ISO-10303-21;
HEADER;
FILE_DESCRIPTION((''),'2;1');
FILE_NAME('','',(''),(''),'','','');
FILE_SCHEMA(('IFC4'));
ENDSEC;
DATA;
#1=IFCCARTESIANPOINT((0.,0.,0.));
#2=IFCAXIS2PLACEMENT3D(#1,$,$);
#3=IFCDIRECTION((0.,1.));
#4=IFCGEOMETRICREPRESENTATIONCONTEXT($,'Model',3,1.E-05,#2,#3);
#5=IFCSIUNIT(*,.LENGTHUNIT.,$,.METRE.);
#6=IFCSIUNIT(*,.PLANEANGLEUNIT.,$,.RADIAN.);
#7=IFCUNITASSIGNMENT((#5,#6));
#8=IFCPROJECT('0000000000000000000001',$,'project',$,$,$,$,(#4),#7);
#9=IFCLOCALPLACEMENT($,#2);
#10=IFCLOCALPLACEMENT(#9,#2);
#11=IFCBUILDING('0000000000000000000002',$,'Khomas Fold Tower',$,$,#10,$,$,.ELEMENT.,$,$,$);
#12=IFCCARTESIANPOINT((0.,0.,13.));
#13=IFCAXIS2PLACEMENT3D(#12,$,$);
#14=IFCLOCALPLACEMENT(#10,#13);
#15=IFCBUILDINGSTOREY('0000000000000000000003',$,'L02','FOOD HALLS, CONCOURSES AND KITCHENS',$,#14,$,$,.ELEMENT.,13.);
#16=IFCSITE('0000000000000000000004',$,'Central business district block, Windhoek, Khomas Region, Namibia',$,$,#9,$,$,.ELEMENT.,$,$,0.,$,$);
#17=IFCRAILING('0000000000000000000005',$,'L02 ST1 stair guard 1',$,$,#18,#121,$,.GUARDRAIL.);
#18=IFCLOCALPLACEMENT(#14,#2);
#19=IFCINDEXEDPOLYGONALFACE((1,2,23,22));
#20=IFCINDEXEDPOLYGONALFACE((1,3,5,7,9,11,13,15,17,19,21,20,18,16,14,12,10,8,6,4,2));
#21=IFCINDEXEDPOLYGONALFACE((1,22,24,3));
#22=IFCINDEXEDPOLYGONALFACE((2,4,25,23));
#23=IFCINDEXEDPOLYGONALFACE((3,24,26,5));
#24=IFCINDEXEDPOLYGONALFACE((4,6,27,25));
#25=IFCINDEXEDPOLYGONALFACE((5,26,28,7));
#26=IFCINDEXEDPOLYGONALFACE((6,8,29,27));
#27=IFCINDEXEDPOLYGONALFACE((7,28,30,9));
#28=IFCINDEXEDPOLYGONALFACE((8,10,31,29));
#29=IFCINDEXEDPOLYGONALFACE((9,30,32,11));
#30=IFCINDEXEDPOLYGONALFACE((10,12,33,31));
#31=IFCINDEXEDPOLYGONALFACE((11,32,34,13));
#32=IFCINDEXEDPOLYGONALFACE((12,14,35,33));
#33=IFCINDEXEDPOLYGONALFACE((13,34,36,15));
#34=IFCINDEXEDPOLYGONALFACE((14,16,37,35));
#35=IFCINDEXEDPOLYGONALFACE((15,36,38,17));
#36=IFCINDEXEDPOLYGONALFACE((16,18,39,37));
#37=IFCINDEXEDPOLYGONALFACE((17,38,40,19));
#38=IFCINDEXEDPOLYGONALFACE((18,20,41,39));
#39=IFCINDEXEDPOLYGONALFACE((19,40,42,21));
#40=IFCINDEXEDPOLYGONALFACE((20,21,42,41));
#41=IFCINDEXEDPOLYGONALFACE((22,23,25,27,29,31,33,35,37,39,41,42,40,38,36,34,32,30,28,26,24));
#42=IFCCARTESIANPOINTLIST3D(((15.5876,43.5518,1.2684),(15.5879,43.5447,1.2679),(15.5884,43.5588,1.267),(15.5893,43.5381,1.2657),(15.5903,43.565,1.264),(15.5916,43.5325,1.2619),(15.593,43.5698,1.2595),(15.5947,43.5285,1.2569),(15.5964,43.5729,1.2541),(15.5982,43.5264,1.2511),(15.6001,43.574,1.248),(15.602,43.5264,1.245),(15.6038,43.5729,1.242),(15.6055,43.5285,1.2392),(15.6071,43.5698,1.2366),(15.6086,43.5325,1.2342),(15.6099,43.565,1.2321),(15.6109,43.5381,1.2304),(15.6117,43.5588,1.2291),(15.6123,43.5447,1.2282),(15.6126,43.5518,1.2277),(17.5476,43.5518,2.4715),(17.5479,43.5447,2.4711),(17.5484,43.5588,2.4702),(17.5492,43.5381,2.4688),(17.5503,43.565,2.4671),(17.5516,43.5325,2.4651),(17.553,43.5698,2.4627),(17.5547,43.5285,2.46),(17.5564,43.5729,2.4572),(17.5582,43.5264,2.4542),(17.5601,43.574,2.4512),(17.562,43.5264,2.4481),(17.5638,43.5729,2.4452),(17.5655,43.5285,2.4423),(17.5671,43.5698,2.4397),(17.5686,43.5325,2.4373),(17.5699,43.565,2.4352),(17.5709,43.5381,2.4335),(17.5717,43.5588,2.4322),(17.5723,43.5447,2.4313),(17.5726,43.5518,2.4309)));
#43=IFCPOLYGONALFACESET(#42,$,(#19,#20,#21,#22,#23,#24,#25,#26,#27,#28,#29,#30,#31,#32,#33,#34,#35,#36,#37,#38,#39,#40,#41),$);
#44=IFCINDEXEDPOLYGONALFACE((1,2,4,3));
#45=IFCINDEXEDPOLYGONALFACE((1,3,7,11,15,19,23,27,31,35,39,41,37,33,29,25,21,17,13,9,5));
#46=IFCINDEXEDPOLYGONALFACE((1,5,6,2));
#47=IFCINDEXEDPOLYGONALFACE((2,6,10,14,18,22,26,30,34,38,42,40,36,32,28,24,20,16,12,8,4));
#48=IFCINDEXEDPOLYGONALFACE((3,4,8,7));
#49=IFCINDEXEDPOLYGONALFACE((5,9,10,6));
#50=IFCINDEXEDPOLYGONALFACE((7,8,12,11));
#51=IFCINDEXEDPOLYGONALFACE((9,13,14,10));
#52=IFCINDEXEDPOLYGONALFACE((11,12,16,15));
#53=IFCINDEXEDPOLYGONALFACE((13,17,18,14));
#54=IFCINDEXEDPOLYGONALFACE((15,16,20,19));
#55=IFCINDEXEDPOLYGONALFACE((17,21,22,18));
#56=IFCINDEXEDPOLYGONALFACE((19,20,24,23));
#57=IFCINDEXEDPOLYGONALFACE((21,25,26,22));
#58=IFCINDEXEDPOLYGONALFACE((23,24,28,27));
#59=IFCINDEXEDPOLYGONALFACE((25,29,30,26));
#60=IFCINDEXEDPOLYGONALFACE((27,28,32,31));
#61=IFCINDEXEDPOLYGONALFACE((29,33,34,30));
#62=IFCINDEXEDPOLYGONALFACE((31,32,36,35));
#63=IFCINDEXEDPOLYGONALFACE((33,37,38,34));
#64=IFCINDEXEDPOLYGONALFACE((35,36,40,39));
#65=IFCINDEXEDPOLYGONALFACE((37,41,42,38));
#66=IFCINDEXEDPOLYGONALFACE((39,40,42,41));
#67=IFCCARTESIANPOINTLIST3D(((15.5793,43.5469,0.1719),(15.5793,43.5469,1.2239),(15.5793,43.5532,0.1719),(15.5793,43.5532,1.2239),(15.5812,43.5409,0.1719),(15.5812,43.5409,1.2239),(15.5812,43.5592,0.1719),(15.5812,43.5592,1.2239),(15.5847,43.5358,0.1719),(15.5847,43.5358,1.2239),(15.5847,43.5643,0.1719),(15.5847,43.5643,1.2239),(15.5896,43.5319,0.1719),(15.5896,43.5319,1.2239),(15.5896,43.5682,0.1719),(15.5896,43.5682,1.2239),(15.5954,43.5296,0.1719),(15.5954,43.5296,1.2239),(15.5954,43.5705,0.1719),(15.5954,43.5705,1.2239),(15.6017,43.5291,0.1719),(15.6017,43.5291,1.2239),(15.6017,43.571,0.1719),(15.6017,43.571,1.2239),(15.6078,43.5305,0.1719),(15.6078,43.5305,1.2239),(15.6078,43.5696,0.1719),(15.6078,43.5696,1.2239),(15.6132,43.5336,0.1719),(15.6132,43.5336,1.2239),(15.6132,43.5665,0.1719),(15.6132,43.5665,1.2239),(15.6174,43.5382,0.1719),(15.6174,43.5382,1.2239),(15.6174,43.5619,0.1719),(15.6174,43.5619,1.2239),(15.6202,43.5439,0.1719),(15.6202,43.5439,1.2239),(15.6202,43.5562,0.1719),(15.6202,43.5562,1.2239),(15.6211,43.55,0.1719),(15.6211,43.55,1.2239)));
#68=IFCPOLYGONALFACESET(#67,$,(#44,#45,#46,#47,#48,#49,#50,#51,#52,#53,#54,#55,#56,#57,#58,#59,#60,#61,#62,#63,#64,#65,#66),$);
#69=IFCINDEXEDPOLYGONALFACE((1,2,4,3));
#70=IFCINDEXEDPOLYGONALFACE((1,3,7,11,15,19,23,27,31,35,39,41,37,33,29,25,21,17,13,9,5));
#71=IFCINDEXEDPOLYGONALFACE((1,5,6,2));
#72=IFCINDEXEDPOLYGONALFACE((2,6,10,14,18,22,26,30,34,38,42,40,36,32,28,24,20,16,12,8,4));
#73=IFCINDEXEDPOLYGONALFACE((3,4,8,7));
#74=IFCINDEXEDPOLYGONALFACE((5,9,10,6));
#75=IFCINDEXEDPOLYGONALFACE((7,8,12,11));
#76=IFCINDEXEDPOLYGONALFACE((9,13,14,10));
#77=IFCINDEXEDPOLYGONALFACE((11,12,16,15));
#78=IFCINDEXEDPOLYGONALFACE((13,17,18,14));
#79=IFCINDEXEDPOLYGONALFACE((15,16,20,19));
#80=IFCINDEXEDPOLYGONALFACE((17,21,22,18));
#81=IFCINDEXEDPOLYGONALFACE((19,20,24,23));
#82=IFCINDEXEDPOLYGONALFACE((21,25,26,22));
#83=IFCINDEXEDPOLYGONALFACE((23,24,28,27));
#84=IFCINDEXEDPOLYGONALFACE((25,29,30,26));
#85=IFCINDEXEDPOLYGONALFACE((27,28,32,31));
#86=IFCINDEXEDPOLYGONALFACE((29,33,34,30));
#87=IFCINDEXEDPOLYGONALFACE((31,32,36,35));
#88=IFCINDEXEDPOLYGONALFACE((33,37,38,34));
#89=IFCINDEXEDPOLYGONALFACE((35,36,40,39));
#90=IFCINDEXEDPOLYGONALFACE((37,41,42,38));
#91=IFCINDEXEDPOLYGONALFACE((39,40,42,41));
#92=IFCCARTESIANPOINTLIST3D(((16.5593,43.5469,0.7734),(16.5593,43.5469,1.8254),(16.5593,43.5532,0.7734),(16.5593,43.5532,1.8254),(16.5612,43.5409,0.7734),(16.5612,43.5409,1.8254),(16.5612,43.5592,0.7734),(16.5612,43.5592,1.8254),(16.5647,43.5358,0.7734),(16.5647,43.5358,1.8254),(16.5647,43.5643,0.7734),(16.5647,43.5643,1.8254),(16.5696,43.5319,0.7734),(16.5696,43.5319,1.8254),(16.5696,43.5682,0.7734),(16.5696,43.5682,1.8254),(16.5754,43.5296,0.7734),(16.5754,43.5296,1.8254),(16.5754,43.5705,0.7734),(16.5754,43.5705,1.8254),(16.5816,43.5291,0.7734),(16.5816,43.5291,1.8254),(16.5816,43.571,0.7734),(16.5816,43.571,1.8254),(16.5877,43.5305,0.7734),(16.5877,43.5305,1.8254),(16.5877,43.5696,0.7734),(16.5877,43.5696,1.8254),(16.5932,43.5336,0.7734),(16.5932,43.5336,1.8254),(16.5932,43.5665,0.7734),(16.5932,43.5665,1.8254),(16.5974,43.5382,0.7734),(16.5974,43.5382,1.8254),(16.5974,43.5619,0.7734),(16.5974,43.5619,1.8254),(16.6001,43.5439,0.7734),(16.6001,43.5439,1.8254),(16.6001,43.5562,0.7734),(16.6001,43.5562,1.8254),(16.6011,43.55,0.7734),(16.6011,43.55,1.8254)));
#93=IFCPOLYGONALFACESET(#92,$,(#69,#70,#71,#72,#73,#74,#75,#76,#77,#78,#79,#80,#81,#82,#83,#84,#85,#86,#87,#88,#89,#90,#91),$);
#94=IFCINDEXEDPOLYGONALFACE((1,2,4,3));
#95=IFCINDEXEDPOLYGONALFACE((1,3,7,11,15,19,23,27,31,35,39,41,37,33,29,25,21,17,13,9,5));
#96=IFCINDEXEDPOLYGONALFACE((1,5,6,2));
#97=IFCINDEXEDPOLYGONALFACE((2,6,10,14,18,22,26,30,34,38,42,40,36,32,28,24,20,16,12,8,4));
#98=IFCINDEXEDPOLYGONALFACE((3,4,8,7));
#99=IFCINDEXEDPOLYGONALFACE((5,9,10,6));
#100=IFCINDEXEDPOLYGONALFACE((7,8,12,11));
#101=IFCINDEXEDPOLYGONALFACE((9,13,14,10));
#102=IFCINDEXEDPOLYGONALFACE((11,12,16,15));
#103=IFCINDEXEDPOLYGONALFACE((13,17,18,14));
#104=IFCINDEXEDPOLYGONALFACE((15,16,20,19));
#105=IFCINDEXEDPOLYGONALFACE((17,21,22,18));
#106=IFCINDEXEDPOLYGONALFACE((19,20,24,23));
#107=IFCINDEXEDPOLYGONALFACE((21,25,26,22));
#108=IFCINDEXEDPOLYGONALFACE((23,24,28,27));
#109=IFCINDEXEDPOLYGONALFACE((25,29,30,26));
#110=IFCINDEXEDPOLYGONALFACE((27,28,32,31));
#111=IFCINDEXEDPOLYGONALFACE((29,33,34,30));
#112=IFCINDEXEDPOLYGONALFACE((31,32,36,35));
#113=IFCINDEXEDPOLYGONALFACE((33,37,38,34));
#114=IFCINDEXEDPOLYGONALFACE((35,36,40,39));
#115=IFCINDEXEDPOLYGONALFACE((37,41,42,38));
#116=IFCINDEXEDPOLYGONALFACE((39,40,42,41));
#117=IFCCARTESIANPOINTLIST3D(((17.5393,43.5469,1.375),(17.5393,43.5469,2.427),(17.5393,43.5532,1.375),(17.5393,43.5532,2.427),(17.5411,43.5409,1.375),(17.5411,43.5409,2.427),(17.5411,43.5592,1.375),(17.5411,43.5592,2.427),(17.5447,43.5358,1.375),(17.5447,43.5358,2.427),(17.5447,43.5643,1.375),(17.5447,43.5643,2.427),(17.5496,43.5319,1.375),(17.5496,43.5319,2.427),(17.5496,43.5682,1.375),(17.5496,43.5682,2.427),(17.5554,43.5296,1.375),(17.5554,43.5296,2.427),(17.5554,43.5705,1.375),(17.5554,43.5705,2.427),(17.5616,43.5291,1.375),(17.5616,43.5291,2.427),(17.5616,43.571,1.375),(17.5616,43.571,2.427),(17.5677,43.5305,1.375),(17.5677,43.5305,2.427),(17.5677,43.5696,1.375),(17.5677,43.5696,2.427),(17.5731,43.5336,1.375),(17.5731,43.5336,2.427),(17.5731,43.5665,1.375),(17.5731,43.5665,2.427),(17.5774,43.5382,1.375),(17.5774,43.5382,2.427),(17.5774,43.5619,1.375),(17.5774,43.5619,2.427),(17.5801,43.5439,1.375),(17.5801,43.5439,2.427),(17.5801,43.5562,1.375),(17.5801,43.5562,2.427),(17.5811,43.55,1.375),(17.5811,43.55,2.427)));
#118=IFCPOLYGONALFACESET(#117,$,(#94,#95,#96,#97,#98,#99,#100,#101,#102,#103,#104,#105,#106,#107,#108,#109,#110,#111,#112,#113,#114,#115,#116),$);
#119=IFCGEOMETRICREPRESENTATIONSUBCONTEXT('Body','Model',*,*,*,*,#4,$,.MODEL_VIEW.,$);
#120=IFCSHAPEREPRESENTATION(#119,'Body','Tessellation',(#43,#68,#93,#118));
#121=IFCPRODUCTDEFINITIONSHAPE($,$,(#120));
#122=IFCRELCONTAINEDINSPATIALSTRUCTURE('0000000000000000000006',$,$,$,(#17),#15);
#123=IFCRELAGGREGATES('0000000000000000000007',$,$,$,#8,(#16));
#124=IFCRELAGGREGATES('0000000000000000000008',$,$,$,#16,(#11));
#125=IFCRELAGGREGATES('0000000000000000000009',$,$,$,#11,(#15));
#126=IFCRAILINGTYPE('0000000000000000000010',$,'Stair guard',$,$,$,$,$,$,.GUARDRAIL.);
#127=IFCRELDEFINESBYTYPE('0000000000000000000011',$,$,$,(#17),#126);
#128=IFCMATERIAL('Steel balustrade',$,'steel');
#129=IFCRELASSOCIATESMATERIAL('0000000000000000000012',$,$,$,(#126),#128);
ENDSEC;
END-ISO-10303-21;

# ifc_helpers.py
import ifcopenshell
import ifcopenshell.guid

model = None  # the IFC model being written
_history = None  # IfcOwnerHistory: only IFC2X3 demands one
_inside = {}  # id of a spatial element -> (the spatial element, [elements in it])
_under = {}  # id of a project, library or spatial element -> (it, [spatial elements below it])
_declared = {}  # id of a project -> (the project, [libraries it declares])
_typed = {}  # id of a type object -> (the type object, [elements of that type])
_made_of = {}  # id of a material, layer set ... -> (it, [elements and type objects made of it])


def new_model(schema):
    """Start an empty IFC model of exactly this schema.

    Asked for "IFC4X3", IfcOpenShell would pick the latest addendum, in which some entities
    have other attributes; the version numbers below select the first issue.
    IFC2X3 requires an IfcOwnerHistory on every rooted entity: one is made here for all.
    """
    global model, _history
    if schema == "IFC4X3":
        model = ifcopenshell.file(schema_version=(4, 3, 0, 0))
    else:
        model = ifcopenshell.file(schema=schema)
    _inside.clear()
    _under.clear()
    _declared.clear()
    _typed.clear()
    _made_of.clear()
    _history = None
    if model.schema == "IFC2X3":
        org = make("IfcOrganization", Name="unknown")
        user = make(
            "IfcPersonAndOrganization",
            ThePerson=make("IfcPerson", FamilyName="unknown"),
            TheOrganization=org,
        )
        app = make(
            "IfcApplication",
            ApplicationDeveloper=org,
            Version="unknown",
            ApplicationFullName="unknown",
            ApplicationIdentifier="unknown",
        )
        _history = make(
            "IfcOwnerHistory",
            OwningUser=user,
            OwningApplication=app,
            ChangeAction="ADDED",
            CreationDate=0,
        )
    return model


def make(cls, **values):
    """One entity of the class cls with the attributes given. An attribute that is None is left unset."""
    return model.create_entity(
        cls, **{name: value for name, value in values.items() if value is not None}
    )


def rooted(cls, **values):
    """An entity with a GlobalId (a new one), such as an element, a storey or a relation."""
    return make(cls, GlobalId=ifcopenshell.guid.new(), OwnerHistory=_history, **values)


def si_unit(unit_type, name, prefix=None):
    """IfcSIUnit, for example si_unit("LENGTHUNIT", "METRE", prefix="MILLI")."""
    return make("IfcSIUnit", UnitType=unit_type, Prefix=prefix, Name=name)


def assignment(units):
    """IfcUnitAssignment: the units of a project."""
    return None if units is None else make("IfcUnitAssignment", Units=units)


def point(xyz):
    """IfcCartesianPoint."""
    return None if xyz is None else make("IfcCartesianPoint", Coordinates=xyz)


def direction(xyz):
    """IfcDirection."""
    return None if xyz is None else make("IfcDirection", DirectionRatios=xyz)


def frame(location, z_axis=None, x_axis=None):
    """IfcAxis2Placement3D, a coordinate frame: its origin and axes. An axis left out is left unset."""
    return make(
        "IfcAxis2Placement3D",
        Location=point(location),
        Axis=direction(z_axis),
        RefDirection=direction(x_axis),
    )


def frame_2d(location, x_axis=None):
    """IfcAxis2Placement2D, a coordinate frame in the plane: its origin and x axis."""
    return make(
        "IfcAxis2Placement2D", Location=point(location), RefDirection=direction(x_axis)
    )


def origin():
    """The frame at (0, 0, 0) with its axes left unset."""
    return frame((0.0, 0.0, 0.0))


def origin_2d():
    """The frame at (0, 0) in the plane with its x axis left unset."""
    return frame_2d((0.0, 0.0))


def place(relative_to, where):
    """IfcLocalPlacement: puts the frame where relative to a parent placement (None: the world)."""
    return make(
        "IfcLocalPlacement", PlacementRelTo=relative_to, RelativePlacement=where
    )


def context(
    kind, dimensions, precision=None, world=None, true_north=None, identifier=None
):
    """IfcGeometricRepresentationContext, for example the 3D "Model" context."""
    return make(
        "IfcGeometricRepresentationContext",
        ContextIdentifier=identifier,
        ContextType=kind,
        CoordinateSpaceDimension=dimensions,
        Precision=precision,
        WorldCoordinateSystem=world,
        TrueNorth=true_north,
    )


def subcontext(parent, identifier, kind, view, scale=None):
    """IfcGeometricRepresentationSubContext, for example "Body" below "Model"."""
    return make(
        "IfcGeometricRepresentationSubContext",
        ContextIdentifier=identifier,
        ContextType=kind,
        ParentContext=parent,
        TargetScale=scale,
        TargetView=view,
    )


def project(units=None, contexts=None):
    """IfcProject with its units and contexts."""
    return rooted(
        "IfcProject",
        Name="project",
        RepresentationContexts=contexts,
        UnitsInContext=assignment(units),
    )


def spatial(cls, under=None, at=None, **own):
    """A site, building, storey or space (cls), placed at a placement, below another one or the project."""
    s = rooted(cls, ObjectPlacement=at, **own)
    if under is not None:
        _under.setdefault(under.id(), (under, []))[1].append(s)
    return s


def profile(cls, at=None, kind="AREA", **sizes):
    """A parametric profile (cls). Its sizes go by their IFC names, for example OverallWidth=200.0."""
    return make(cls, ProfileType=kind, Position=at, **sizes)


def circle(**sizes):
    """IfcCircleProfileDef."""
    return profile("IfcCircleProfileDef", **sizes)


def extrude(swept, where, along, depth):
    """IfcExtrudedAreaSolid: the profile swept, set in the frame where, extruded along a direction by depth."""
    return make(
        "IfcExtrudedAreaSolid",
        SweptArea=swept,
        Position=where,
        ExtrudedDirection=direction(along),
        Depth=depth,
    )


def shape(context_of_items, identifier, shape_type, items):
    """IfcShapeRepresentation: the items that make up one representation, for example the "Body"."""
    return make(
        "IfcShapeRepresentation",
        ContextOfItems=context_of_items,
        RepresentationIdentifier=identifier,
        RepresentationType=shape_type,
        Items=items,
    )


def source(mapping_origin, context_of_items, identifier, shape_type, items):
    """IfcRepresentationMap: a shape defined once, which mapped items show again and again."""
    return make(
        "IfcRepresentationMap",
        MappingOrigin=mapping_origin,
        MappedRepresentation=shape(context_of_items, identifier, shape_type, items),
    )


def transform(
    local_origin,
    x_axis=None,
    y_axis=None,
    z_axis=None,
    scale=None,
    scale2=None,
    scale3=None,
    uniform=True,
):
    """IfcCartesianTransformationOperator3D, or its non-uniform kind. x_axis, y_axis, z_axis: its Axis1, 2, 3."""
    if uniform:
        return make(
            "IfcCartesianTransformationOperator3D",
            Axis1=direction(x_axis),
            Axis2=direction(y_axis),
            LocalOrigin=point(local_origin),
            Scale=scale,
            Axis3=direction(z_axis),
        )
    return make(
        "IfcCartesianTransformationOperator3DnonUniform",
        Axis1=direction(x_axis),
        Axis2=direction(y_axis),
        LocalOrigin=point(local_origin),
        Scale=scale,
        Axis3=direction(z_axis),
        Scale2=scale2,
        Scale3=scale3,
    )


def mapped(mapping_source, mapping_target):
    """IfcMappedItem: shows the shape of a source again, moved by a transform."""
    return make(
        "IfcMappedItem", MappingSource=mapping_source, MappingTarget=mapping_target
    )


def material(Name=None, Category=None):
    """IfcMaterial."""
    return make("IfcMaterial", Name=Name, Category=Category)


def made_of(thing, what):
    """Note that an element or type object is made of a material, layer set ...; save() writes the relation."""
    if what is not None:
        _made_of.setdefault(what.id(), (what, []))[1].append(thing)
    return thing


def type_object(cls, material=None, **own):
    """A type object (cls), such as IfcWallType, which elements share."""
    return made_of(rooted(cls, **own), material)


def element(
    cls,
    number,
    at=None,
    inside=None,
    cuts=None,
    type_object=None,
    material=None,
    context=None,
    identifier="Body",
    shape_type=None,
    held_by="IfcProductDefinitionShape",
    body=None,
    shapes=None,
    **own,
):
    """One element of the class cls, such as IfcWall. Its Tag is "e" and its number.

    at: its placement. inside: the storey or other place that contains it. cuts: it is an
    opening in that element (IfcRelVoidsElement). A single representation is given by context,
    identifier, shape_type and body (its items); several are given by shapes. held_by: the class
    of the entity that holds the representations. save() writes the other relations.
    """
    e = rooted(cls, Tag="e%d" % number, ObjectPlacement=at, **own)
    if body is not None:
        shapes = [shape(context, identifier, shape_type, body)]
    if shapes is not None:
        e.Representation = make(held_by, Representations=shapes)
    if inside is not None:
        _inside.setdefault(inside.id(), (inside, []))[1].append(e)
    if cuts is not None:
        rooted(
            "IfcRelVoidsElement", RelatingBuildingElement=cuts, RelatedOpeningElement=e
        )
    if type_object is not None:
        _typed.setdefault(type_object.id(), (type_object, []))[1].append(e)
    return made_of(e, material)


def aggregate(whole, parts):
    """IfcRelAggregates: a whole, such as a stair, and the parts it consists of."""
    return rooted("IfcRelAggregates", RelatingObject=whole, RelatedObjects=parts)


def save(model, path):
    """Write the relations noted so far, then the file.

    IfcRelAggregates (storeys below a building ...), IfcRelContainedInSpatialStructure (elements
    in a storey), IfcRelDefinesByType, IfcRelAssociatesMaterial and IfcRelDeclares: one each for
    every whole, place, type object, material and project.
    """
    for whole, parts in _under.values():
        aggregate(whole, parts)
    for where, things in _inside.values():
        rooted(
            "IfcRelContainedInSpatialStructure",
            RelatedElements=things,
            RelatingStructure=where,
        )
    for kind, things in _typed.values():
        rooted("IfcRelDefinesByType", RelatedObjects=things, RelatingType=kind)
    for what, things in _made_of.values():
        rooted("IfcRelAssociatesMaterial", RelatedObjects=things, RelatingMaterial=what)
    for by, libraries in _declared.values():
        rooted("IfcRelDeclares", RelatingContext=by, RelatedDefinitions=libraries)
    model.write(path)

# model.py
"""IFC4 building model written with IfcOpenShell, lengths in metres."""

from ifc_helpers import new_model, si_unit, direction, frame, origin, origin_2d, place, context, subcontext, project, spatial, circle, extrude, source, transform, mapped, material, type_object, element, save


model = new_model("IFC4")

# Units and contexts
model_context = context("Model", 3, precision=1e-05, world=origin(), true_north=direction((0.0, 1.0)))
body_context = subcontext(model_context, "Body", "Model", "MODEL_VIEW")
ifc_project = project(units=[si_unit("LENGTHUNIT", "METRE"), si_unit("PLANEANGLEUNIT", "RADIAN")], contexts=[model_context])

# Site, building, storey
site_placement = place(None, origin())
site = spatial("IfcSite", under=ifc_project, at=site_placement, Name="Central business district block, Windhoek, Khomas Region, Namibia", CompositionType="ELEMENT", RefElevation=0.0)
building_placement = place(site_placement, origin())
building = spatial("IfcBuilding", under=site, at=building_placement, Name="Khomas Fold Tower", CompositionType="ELEMENT")
storey_placement = place(building_placement, frame((0.0, 0.0, 13.0)))
storey = spatial("IfcBuildingStorey", under=building, at=storey_placement, Name="L02", Description="FOOD HALLS, CONCOURSES AND KITCHENS", CompositionType="ELEMENT", Elevation=13.0)

# Railing
ifc_material_1 = material(Name="Steel balustrade", Category="steel")
railing_type_1 = type_object("IfcRailingType", Name="Stair guard", PredefinedType="GUARDRAIL", material=ifc_material_1)
shared_shape_1 = source(origin(), body_context, "Body", "SweptSolid", [
    extrude(circle(Radius=0.0239, at=origin_2d()), frame((0.0, 0.0, 1.0762), z_axis=(0.852241, 0.0, 0.523149), x_axis=(0.0, 1.0, 0.0)), (0.0, 0.0, 1.0), 2.2998),
    extrude(circle(Radius=0.021, at=origin_2d()), origin(), (0.0, 0.0, 1.0), 1.052),
    extrude(circle(Radius=0.021, at=origin_2d()), frame((0.98, 0.0, 0.6016)), (0.0, 0.0, 1.0), 1.052),
    extrude(circle(Radius=0.021, at=origin_2d()), frame((1.96, 0.0, 1.2031)), (0.0, 0.0, 1.0), 1.052),
])
for number, where, name in (
    (1, (15.6001, 43.55, 0.1719), "L02 ST1 stair guard 1"),
):
    element("IfcRailing", number, at=place(storey_placement, frame(where)), inside=storey, type_object=railing_type_1, Name=name, PredefinedType="GUARDRAIL", context=body_context, shape_type="MappedRepresentation", body=[
        mapped(shared_shape_1, transform((0.0, 0.0, 0.0))),
    ])

save(model, "model.ifc")
